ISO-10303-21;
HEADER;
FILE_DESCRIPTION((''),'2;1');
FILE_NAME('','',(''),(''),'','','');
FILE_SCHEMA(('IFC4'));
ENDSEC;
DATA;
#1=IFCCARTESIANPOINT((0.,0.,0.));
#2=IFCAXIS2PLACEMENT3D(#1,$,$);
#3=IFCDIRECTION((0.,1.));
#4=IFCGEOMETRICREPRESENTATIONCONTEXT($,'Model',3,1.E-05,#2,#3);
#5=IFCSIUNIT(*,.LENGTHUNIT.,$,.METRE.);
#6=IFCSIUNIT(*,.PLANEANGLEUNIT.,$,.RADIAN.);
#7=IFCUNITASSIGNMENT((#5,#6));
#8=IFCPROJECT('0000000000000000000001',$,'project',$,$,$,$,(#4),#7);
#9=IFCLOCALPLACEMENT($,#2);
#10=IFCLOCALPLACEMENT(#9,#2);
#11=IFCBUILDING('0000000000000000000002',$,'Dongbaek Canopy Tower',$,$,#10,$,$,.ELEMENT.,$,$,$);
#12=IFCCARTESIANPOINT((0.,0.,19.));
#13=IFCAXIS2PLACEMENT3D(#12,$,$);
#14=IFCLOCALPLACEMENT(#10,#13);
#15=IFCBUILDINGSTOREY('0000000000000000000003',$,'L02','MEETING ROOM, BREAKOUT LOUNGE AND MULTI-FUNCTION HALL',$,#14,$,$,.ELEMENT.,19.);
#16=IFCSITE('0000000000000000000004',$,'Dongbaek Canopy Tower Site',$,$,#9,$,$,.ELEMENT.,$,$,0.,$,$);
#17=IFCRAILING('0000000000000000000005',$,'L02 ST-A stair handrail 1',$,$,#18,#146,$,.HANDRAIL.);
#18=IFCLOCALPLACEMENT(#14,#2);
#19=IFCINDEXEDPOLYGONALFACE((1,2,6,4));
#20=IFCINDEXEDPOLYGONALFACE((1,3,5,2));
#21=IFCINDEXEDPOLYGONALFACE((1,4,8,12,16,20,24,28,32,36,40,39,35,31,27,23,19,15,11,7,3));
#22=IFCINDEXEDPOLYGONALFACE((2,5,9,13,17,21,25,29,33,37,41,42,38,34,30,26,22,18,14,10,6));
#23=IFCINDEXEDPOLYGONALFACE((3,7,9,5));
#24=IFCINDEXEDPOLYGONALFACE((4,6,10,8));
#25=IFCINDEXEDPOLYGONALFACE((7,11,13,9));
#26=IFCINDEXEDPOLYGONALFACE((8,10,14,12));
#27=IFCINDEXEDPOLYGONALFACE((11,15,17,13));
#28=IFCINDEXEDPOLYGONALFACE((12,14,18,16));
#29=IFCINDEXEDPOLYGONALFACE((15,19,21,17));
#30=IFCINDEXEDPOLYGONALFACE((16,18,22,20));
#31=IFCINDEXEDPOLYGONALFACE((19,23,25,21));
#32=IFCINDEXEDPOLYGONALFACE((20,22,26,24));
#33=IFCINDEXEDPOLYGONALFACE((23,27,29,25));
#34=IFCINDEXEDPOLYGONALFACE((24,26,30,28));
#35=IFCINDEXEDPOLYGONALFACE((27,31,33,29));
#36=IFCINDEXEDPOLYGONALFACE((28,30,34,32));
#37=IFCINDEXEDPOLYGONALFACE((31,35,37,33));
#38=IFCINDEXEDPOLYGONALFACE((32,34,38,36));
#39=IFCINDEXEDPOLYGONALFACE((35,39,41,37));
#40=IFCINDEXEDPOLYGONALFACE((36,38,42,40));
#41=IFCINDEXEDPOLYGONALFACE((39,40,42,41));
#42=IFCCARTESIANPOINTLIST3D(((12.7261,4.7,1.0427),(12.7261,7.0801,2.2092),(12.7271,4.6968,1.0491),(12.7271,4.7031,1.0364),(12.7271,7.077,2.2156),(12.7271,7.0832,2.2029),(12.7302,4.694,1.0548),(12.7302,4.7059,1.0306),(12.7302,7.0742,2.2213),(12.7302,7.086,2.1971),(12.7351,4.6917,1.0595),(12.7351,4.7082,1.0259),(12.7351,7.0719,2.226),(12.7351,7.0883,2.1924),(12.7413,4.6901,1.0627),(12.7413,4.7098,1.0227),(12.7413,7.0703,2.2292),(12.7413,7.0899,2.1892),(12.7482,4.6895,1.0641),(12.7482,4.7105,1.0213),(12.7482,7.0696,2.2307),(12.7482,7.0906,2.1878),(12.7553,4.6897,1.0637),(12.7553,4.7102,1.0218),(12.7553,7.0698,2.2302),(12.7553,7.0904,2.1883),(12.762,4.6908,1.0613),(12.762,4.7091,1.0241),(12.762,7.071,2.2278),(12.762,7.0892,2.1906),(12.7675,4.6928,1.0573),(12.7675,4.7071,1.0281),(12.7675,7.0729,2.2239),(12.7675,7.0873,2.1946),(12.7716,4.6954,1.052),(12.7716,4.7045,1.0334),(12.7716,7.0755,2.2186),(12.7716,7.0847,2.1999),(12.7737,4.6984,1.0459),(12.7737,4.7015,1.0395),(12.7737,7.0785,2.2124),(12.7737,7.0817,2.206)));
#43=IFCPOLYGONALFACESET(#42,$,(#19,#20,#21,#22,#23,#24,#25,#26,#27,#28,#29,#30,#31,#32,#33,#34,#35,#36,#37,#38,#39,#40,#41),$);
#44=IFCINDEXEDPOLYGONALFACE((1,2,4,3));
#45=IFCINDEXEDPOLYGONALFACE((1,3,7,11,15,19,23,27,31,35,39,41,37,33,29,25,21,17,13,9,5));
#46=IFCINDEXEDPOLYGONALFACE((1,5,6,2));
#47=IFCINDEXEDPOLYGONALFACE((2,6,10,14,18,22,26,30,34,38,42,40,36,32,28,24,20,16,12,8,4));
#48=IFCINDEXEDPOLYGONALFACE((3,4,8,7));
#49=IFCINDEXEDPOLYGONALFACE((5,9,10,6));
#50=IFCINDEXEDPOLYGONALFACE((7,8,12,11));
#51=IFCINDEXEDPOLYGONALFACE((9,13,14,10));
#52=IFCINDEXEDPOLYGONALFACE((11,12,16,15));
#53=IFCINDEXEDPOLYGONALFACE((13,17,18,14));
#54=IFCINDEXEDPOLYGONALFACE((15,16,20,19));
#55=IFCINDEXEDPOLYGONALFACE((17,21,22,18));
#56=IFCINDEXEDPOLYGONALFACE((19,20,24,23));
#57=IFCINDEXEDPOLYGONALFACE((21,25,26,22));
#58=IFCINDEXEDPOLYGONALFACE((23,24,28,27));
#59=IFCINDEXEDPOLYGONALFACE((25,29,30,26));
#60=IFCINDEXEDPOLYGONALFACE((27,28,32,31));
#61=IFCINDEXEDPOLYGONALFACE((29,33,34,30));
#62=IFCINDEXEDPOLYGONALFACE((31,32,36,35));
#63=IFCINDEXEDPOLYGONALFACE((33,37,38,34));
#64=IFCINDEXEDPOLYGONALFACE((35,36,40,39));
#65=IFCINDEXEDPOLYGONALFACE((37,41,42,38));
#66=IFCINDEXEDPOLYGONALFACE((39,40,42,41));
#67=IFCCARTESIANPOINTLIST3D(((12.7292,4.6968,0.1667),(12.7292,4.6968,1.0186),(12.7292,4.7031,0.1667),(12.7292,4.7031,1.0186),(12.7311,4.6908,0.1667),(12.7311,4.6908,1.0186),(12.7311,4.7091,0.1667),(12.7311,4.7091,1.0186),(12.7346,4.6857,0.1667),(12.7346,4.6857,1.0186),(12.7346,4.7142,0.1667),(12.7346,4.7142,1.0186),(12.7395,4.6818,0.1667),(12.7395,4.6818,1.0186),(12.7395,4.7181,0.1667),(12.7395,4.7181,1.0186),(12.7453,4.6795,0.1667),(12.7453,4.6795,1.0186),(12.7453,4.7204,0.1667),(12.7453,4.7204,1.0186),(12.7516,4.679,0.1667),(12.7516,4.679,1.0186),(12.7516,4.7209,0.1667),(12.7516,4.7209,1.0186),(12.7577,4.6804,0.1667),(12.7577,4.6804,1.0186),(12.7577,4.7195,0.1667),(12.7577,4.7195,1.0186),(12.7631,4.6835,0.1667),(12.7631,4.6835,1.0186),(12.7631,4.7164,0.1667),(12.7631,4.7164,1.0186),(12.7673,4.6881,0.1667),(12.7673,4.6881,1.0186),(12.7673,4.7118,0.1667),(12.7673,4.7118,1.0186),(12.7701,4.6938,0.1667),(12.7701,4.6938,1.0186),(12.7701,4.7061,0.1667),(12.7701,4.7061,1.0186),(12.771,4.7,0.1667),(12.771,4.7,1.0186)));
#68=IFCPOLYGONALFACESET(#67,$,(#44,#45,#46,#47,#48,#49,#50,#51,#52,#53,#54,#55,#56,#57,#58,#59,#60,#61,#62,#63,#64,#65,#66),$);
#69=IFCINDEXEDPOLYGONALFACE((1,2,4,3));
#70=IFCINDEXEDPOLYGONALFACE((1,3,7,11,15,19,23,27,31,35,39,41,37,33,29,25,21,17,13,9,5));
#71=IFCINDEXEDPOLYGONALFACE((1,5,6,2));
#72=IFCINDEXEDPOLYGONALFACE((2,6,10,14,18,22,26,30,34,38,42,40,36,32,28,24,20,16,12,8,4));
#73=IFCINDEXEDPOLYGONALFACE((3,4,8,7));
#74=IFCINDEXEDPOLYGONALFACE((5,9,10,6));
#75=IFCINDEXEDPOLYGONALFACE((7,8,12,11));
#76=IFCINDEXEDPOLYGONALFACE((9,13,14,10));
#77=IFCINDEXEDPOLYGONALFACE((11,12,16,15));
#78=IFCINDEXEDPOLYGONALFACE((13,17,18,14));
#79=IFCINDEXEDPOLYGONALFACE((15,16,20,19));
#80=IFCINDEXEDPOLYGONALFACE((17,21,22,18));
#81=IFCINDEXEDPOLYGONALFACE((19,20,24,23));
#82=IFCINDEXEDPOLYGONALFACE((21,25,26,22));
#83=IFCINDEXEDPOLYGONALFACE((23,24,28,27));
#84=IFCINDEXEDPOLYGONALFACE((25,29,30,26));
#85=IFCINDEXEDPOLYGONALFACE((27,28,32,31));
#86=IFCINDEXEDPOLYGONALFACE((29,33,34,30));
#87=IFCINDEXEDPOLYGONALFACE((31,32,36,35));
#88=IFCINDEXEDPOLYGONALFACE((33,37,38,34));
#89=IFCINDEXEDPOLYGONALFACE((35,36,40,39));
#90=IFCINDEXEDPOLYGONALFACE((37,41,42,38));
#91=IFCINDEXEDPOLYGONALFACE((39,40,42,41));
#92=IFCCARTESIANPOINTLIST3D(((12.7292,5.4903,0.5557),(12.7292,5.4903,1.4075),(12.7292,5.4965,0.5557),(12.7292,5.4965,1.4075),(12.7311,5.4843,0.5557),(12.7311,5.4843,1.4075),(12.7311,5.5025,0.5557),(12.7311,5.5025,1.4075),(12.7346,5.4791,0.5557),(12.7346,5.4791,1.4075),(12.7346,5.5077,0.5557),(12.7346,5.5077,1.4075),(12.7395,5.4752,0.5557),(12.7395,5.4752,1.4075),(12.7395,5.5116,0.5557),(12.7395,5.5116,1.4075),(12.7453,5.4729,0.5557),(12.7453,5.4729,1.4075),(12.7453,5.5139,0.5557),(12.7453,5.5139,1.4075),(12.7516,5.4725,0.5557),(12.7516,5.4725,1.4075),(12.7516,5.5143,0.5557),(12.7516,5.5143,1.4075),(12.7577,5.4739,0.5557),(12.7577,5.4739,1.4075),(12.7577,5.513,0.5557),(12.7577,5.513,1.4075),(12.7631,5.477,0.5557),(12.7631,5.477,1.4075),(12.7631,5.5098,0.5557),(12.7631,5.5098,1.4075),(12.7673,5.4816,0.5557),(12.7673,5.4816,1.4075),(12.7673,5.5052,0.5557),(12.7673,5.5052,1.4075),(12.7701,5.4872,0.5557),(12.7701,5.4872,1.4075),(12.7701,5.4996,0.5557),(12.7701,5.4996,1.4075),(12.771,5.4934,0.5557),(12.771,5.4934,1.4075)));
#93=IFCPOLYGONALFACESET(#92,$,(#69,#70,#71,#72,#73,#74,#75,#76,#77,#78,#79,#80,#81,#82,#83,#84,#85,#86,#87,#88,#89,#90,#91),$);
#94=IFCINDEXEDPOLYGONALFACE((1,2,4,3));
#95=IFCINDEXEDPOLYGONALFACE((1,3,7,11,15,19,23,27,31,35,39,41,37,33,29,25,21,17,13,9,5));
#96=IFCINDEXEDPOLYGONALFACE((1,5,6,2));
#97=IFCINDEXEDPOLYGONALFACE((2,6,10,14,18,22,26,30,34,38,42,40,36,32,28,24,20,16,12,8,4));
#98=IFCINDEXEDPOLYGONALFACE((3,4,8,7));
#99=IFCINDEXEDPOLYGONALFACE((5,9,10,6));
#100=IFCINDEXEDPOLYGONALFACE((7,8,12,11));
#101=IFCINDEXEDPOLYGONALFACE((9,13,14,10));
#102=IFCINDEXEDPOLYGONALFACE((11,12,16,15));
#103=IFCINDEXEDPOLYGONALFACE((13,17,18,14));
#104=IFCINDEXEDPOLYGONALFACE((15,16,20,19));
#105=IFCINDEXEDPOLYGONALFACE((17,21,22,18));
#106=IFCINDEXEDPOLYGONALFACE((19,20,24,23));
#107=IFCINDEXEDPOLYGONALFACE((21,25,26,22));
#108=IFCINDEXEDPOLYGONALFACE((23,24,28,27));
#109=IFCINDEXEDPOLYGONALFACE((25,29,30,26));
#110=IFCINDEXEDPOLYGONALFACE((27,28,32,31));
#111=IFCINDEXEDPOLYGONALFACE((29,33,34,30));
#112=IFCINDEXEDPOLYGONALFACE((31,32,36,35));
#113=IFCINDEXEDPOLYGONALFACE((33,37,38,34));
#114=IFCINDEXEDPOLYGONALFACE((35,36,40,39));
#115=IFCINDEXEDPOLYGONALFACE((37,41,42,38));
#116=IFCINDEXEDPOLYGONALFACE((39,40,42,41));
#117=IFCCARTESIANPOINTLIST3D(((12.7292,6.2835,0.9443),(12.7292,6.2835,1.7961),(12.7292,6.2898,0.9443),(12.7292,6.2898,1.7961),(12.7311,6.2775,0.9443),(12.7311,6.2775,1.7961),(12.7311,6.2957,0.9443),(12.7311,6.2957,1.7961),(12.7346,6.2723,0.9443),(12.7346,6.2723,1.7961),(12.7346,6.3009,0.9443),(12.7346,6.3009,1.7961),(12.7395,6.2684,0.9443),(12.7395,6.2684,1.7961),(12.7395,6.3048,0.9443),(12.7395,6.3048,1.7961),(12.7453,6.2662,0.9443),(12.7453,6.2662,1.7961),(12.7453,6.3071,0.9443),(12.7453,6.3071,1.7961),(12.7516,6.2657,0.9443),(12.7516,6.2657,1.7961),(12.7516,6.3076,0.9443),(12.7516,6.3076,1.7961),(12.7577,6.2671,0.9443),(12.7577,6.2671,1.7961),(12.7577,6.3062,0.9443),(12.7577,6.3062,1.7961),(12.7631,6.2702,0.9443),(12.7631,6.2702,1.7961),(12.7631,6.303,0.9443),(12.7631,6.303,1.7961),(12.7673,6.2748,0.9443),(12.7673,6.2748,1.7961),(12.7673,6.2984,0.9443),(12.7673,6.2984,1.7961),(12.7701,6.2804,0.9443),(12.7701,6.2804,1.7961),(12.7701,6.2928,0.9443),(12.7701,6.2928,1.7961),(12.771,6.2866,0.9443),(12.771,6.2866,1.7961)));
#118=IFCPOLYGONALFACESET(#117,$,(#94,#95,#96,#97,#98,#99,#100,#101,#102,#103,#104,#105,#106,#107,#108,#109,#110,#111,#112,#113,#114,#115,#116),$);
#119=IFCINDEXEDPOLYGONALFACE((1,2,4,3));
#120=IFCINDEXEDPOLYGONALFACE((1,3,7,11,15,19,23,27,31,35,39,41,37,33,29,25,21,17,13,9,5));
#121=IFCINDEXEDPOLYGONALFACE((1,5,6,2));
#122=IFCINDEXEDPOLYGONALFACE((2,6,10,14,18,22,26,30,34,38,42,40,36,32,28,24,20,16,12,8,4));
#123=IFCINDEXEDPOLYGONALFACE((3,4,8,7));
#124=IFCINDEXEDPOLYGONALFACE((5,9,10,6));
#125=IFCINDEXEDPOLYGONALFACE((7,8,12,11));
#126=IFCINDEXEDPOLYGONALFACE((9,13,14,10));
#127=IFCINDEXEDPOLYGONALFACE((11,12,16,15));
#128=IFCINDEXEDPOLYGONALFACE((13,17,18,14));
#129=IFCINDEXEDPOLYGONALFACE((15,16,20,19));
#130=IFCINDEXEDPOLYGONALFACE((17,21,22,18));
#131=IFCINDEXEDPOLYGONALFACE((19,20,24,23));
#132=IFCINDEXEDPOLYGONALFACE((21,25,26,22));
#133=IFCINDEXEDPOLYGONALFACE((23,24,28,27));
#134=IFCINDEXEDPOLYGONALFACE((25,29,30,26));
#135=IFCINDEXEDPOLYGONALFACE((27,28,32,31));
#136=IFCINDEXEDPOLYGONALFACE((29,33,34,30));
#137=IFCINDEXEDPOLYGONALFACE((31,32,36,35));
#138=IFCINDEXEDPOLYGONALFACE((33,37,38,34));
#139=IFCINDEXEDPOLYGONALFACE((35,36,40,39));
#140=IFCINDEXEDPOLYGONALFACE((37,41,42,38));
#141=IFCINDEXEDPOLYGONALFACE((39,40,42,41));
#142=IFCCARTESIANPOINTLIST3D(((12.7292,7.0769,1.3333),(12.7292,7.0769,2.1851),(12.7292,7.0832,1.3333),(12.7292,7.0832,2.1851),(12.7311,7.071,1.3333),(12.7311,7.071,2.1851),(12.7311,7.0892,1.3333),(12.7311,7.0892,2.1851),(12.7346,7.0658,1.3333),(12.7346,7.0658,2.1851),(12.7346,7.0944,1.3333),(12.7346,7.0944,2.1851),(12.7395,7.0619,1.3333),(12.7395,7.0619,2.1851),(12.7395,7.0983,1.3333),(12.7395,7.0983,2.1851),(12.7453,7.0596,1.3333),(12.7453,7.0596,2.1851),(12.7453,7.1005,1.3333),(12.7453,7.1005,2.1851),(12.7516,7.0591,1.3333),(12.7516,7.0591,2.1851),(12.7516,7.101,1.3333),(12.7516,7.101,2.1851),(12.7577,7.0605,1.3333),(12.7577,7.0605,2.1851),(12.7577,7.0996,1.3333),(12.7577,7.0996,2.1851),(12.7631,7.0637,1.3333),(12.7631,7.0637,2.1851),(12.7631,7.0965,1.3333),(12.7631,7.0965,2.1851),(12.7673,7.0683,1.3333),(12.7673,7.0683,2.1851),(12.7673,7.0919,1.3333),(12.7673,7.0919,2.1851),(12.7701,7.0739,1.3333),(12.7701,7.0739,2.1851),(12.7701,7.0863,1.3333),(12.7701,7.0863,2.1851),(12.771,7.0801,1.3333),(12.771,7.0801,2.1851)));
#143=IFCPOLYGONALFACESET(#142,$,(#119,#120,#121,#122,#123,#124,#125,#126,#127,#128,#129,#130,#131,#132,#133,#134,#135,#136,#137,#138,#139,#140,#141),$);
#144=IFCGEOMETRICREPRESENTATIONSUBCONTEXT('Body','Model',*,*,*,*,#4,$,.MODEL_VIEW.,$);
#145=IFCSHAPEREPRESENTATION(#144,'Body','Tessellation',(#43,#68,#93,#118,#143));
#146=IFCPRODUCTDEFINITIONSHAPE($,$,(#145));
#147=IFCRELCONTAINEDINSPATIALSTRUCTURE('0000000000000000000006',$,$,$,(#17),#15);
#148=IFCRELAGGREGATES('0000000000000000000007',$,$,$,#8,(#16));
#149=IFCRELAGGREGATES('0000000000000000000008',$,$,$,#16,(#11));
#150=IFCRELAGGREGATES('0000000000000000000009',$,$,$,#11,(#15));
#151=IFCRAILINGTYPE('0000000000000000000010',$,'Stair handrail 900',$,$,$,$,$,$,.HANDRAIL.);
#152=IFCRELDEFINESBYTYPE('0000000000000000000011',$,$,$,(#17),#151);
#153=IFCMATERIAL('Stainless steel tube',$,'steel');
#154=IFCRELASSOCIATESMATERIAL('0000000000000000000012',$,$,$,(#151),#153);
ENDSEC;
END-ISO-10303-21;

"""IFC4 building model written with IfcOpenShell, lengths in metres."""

from ifc_helpers import new_model, si_unit, direction, frame, origin, origin_2d, place, context, subcontext, project, spatial, circle, extrude, material, type_object, element, save


model = new_model("IFC4")

# Units and contexts
model_context = context("Model", 3, precision=1e-05, world=origin(), true_north=direction((0.0, 1.0)))
body_context = subcontext(model_context, "Body", "Model", "MODEL_VIEW")
ifc_project = project(units=[si_unit("LENGTHUNIT", "METRE"), si_unit("PLANEANGLEUNIT", "RADIAN")], contexts=[model_context])

# Site, building, storey
site_placement = place(None, origin())
site = spatial("IfcSite", under=ifc_project, at=site_placement, Name="Dongbaek Canopy Tower Site", CompositionType="ELEMENT", RefElevation=0.0)
building_placement = place(site_placement, origin())
building = spatial("IfcBuilding", under=site, at=building_placement, Name="Dongbaek Canopy Tower", CompositionType="ELEMENT")
storey_placement = place(building_placement, frame((0.0, 0.0, 19.0)))
storey = spatial("IfcBuildingStorey", under=building, at=storey_placement, Name="L02", Description="MEETING ROOM, BREAKOUT LOUNGE AND MULTI-FUNCTION HALL", CompositionType="ELEMENT", Elevation=19.0)

# Railing
ifc_material_1 = material(Name="Stainless steel tube", Category="steel")
railing_type_1 = type_object("IfcRailingType", Name="Stair handrail 900", PredefinedType="HANDRAIL", material=ifc_material_1)
railing_1_placement = place(storey_placement, frame((12.75, 4.7, 0.1667)))
element("IfcRailing", 1, at=railing_1_placement, inside=storey, type_object=railing_type_1, Name="L02 ST-A stair handrail 1", PredefinedType="HANDRAIL", context=body_context, shape_type="SweptSolid", body=[
    extrude(circle(Radius=0.0239, at=origin_2d()), frame((0.0, 0.0, 0.876), z_axis=(0.0, 0.897954, 0.440089), x_axis=(-1.0, 0.0, 0.0)), (0.0, 0.0, 1.0), 2.6506),
    extrude(circle(Radius=0.021, at=origin_2d()), origin(), (0.0, 0.0, 1.0), 0.8518),
    extrude(circle(Radius=0.021, at=origin_2d()), frame((0.0, 0.7935, 0.3889)), (0.0, 0.0, 1.0), 0.8518),
    extrude(circle(Radius=0.021, at=origin_2d()), frame((0.0, 1.5867, 0.7776)), (0.0, 0.0, 1.0), 0.8518),
    extrude(circle(Radius=0.021, at=origin_2d()), frame((0.0, 2.3801, 1.1665)), (0.0, 0.0, 1.0), 0.8518),
])

save(model, "model.ifc")
